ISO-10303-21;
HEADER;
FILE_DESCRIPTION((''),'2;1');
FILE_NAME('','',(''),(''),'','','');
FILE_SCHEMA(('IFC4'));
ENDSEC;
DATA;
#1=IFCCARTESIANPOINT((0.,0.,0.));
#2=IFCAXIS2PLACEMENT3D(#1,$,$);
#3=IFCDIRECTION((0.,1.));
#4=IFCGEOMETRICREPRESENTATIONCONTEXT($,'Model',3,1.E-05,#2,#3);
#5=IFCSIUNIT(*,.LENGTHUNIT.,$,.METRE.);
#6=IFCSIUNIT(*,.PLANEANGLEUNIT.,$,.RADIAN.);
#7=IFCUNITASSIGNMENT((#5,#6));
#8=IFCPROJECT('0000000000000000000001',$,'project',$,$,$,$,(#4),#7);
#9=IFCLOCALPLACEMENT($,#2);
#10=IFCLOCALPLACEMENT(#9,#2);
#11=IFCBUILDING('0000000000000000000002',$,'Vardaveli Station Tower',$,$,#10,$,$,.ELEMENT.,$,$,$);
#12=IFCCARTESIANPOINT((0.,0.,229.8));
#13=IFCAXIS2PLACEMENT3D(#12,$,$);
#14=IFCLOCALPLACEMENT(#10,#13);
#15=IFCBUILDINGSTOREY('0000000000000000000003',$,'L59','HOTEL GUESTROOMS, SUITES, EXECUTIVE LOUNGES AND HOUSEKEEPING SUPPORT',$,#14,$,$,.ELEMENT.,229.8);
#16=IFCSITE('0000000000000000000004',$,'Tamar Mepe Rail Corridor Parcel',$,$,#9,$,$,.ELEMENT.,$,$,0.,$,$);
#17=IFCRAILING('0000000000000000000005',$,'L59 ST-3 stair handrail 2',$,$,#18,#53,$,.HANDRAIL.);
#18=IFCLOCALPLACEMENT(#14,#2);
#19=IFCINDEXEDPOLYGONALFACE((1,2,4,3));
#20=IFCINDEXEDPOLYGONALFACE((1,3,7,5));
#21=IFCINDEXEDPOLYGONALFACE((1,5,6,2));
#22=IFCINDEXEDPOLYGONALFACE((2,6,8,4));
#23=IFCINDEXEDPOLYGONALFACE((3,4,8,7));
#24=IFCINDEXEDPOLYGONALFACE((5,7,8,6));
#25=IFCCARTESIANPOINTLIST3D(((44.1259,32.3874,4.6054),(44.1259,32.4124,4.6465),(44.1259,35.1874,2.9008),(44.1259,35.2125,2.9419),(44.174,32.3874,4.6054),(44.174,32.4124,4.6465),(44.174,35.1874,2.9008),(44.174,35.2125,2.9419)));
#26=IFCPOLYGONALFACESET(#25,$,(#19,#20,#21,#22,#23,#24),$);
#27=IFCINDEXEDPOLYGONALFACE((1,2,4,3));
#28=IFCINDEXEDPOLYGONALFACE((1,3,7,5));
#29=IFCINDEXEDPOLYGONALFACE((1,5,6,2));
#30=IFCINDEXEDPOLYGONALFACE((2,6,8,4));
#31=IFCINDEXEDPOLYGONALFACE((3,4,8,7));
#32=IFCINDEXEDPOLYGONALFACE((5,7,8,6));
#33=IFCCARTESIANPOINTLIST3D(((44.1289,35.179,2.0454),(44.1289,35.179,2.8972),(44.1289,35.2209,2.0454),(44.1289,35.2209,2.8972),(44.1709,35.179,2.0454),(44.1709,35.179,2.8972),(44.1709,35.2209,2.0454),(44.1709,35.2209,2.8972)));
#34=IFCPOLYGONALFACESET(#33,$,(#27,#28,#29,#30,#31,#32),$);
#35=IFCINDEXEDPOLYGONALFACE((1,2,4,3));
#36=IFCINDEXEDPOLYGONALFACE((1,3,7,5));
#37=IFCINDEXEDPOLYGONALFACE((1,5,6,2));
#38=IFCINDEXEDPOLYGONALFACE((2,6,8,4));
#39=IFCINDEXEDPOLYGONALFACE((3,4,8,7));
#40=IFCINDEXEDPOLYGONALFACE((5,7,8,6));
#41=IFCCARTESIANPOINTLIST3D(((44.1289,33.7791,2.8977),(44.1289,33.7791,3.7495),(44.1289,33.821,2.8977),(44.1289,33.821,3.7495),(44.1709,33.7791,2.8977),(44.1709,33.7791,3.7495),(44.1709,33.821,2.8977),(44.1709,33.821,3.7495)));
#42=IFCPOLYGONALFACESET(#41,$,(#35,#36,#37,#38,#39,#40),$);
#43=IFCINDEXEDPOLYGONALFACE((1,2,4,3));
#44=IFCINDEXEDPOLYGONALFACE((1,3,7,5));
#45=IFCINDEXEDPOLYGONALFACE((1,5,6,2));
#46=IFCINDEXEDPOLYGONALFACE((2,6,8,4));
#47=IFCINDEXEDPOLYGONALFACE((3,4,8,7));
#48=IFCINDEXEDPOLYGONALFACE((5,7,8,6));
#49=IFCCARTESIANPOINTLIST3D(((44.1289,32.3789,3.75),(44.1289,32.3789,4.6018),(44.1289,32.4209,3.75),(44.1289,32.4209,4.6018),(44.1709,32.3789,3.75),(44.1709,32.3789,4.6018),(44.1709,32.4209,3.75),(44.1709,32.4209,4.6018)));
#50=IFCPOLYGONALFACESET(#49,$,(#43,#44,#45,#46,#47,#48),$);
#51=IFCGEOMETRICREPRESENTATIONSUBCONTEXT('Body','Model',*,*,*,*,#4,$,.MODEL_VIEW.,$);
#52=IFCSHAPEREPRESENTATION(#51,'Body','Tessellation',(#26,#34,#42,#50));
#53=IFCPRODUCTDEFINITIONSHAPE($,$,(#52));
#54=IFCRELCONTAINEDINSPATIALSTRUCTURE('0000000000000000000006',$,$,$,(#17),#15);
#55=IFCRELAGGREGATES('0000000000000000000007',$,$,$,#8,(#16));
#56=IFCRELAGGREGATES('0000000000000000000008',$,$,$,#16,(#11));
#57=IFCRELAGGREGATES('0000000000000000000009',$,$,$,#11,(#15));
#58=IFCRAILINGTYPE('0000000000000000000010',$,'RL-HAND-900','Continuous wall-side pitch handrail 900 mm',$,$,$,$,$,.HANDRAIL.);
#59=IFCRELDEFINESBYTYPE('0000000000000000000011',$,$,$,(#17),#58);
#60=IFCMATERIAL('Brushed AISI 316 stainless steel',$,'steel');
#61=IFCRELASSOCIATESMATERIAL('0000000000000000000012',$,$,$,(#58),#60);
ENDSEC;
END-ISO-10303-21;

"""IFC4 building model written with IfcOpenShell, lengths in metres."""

from ifc_helpers import new_model, si_unit, direction, frame, origin, origin_2d, place, context, subcontext, project, spatial, rectangle, extrude, source, transform, mapped, material, type_object, element, save


model = new_model("IFC4")

# Units and contexts
model_context = context("Model", 3, precision=1e-05, world=origin(), true_north=direction((0.0, 1.0)))
body_context = subcontext(model_context, "Body", "Model", "MODEL_VIEW")
ifc_project = project(units=[si_unit("LENGTHUNIT", "METRE"), si_unit("PLANEANGLEUNIT", "RADIAN")], contexts=[model_context])

# Site, building, storey
site_placement = place(None, origin())
site = spatial("IfcSite", under=ifc_project, at=site_placement, Name="Tamar Mepe Rail Corridor Parcel", CompositionType="ELEMENT", RefElevation=0.0)
building_placement = place(site_placement, origin())
building = spatial("IfcBuilding", under=site, at=building_placement, Name="Vardaveli Station Tower", CompositionType="ELEMENT")
storey_placement = place(building_placement, frame((0.0, 0.0, 229.8)))
storey = spatial("IfcBuildingStorey", under=building, at=storey_placement, Name="L59", Description="HOTEL GUESTROOMS, SUITES, EXECUTIVE LOUNGES AND HOUSEKEEPING SUPPORT", CompositionType="ELEMENT", Elevation=229.8)

# Railing
ifc_material_1 = material(Name="Brushed AISI 316 stainless steel", Category="steel")
railing_type_1 = type_object("IfcRailingType", Name="RL-HAND-900", Description="Continuous wall-side pitch handrail 900 mm", PredefinedType="HANDRAIL", material=ifc_material_1)
shared_shape_1 = source(origin(), body_context, "Body", "SweptSolid", [
    extrude(rectangle(XDim=0.0481, YDim=0.0481, at=origin_2d()), frame((0.0, 0.0, 0.876), z_axis=(0.0, -0.85417, 0.519994), x_axis=(1.0, 0.0, 0.0)), (0.0, 0.0, 1.0), 3.2781),
    extrude(rectangle(XDim=0.042, YDim=0.042, at=origin_2d()), origin(), (0.0, 0.0, 1.0), 0.8518),
    extrude(rectangle(XDim=0.042, YDim=0.042, at=origin_2d()), frame((0.0, -1.3999, 0.8523)), (0.0, 0.0, 1.0), 0.8518),
    extrude(rectangle(XDim=0.042, YDim=0.042, at=origin_2d()), frame((0.0, -2.8, 1.7046)), (0.0, 0.0, 1.0), 0.8518),
])
railing_1_placement = place(storey_placement, frame((44.1499, 35.2, 2.0454)))
element("IfcRailing", 1, at=railing_1_placement, inside=storey, type_object=railing_type_1, Name="L59 ST-3 stair handrail 2", PredefinedType="HANDRAIL", context=body_context, shape_type="MappedRepresentation", body=[
    mapped(shared_shape_1, transform((0.0, 0.0, 0.0), scale=1.0)),
])

save(model, "model.ifc")
